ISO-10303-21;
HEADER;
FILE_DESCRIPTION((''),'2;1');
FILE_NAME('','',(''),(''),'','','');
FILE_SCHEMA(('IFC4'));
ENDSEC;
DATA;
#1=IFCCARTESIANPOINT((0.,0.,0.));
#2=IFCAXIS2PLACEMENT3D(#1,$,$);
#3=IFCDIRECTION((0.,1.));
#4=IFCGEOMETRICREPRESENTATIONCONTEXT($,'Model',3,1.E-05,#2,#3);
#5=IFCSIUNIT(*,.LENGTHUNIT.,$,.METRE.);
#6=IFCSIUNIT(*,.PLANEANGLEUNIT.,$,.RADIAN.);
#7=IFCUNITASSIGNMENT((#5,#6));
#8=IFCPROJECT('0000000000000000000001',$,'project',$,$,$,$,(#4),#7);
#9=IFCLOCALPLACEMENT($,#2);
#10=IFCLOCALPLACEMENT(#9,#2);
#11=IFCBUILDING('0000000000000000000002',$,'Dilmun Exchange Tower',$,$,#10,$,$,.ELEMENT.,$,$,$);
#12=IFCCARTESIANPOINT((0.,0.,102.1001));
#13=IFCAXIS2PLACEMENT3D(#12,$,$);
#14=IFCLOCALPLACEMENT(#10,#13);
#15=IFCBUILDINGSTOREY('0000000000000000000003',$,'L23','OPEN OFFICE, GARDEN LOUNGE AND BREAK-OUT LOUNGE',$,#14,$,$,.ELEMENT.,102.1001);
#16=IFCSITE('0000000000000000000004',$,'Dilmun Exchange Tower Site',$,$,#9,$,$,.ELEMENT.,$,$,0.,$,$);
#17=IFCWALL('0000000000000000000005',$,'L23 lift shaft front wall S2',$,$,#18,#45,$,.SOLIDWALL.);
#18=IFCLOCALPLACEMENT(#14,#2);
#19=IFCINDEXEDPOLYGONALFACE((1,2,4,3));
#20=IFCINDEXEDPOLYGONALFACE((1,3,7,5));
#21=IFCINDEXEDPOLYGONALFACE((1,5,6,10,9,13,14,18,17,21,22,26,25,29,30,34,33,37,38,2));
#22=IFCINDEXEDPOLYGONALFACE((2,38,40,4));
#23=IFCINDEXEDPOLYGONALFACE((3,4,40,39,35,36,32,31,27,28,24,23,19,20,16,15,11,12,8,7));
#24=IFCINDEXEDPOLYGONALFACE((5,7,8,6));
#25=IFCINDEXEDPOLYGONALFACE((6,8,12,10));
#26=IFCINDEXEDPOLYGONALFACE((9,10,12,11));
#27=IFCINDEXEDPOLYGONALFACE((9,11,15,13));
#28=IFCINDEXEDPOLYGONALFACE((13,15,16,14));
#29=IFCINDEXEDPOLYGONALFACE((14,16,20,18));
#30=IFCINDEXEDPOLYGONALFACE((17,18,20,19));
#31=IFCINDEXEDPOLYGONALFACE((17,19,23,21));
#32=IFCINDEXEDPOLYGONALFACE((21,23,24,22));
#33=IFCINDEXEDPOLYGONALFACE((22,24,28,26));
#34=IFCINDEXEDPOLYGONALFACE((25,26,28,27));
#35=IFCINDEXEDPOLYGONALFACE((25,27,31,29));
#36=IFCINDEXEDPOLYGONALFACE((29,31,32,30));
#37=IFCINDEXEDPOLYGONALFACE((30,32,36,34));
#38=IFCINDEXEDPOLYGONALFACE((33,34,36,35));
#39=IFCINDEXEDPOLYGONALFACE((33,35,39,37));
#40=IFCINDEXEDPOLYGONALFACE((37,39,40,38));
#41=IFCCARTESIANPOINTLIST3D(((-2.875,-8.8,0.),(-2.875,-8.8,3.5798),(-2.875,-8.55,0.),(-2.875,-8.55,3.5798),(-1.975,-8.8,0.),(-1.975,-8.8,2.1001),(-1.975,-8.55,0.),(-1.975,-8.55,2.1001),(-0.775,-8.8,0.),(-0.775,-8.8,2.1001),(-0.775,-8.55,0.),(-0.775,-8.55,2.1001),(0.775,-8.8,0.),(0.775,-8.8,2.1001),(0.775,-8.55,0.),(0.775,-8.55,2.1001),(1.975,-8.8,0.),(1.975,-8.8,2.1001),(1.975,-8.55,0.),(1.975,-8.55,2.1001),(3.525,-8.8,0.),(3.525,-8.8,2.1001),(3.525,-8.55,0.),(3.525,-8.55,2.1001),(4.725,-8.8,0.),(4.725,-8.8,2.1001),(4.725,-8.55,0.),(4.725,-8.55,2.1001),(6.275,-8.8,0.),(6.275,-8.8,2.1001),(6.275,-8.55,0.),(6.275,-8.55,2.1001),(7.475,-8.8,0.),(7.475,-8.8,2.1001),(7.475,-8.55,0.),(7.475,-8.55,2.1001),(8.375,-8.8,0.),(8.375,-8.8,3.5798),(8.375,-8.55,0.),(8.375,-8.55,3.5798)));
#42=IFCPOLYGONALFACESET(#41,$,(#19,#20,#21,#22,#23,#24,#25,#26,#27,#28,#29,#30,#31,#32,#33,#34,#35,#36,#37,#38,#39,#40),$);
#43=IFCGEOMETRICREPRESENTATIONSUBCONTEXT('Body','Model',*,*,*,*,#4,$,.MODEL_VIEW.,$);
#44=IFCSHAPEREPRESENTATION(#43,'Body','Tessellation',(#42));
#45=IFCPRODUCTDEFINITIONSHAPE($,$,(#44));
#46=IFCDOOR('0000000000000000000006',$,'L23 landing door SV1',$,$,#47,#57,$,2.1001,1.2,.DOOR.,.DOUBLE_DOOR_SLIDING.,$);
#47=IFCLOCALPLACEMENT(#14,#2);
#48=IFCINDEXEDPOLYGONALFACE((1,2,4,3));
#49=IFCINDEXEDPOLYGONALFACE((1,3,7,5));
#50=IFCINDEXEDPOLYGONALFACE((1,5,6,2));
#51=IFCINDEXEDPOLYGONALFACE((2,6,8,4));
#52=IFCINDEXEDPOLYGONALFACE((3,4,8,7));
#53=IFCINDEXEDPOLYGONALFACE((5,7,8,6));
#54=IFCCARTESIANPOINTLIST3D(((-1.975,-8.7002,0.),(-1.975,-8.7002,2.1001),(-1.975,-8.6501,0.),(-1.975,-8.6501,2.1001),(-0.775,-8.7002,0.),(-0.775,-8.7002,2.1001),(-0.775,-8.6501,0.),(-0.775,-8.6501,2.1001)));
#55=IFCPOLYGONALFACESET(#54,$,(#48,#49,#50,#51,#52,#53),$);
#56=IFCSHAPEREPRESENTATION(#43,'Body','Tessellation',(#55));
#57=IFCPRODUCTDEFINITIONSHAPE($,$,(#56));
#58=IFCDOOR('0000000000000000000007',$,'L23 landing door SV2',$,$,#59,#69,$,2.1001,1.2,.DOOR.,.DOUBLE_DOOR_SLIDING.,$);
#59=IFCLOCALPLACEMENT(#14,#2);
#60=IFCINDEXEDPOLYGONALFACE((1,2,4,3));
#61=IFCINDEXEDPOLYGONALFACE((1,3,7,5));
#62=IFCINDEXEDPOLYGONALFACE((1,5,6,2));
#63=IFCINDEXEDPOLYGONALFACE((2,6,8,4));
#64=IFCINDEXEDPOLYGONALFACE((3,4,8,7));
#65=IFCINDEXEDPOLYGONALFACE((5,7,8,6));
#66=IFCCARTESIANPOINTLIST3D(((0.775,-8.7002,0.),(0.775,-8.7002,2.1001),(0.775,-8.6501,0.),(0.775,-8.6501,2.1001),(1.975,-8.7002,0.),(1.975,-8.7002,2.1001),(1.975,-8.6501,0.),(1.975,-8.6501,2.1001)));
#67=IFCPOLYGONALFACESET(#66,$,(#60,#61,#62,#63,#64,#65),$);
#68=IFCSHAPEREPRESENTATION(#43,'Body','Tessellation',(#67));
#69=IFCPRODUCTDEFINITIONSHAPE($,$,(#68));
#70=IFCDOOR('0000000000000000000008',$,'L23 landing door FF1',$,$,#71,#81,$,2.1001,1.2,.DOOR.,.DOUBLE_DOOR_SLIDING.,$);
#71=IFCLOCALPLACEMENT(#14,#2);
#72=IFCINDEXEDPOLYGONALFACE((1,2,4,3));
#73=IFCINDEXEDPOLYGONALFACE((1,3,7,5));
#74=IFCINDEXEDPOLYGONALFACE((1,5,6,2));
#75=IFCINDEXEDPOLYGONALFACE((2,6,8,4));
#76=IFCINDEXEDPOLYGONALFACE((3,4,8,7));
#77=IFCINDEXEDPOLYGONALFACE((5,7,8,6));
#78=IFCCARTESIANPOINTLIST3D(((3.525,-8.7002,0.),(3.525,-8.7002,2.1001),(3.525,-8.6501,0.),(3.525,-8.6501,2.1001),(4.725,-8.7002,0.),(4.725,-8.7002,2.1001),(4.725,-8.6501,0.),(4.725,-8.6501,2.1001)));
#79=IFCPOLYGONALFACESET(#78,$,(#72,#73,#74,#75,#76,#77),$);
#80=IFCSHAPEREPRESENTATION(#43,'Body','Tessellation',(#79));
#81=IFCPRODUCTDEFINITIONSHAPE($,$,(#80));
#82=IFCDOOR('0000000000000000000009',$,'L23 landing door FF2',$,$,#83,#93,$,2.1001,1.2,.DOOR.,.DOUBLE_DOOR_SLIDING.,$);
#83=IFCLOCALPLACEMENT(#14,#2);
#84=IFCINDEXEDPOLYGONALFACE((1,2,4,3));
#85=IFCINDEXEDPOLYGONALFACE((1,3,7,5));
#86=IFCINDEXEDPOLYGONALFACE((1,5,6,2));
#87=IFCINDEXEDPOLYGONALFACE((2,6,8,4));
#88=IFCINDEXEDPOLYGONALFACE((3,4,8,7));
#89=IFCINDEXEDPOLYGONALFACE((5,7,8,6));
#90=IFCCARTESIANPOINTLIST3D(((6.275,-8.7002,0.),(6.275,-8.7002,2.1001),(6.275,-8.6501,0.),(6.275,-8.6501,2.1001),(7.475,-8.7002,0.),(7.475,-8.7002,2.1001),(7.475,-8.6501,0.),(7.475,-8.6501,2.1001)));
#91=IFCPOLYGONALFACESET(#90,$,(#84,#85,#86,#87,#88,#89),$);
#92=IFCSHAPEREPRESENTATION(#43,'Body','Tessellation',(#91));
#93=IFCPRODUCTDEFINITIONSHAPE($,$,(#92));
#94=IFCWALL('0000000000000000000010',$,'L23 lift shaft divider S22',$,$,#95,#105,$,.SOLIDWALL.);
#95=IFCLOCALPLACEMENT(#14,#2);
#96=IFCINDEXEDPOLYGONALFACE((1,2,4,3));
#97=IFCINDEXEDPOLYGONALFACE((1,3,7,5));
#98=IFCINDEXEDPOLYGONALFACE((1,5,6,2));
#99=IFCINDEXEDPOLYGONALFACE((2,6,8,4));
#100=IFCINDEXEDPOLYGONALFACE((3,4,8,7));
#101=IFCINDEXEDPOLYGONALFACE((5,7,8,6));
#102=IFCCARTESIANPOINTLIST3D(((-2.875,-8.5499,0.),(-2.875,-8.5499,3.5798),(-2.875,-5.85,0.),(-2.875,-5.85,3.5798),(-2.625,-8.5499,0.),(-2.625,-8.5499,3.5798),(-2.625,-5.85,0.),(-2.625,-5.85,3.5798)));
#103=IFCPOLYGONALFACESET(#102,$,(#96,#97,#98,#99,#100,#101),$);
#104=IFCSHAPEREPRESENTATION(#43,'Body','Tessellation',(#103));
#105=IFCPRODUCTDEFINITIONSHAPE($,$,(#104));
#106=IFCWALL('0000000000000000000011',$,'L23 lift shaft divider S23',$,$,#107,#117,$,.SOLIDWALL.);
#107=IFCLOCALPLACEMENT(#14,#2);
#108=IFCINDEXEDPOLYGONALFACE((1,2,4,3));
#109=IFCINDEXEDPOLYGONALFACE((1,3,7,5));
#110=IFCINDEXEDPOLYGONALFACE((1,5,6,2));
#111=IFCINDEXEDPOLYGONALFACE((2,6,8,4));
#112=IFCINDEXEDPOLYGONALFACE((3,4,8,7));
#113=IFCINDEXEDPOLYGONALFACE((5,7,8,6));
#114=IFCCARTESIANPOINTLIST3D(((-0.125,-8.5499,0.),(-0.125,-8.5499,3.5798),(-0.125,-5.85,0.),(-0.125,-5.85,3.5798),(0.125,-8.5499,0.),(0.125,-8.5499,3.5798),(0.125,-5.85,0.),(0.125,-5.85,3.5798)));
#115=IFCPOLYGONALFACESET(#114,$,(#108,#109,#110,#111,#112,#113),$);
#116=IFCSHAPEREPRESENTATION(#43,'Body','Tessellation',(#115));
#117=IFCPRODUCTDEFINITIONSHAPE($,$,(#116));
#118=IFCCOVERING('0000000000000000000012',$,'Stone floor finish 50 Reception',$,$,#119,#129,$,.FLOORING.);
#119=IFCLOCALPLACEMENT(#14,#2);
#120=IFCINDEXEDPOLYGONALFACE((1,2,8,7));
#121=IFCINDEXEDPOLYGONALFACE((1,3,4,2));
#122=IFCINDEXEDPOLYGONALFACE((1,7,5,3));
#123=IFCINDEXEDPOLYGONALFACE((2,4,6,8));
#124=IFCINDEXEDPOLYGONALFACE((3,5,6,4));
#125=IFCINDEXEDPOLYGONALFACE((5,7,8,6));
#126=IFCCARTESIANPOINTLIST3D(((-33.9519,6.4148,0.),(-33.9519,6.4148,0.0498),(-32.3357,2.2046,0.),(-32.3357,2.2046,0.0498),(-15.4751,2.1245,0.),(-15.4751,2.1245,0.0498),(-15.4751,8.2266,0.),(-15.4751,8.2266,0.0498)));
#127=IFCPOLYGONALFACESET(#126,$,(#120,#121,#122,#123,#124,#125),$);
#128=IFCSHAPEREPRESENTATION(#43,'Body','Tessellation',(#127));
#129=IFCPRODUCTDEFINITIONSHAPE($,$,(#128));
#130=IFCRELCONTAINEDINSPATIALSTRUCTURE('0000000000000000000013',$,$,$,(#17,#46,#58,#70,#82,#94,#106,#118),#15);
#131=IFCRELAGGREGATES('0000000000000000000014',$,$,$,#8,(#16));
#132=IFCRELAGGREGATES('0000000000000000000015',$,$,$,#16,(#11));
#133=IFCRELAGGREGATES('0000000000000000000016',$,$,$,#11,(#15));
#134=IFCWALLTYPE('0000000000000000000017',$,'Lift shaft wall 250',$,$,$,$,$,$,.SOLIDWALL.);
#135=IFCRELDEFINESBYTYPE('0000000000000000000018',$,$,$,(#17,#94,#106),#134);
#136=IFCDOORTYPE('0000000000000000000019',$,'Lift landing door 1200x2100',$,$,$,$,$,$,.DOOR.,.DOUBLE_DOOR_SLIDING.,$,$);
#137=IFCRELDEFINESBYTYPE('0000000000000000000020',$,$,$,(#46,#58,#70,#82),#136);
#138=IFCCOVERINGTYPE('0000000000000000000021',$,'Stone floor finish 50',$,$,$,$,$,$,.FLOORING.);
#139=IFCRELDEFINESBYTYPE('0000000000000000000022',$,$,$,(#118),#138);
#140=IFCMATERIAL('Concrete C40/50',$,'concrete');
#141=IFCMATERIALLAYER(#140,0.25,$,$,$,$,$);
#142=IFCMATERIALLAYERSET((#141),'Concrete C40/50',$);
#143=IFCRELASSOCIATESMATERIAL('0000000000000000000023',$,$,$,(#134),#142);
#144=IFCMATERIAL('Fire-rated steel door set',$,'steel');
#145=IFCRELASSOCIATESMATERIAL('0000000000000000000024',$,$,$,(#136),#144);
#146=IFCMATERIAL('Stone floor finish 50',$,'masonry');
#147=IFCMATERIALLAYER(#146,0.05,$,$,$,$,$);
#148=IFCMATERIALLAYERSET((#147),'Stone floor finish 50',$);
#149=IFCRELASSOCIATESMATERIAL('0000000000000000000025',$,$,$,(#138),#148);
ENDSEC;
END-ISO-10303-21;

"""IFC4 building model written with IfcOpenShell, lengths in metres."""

from ifc_helpers import new_model, si_unit, direction, frame, frame_2d, origin, place, context, subcontext, project, spatial, polyline, rectangle, outline, extrude, material, layer, layer_set, type_object, element, fill, save


model = new_model("IFC4")

# Units and contexts
model_context = context("Model", 3, precision=1e-05, world=origin(), true_north=direction((0.0, 1.0)))
body_context = subcontext(model_context, "Body", "Model", "MODEL_VIEW")
ifc_project = project(units=[si_unit("LENGTHUNIT", "METRE"), si_unit("PLANEANGLEUNIT", "RADIAN")], contexts=[model_context])

# Site, building, storey
site_placement = place(None, origin())
site = spatial("IfcSite", under=ifc_project, at=site_placement, Name="Dilmun Exchange Tower Site", CompositionType="ELEMENT", RefElevation=0.0)
building_placement = place(site_placement, origin())
building = spatial("IfcBuilding", under=site, at=building_placement, Name="Dilmun Exchange Tower", CompositionType="ELEMENT")
storey_placement = place(building_placement, frame((0.0, 0.0, 102.1001)))
storey = spatial("IfcBuildingStorey", under=building, at=storey_placement, Name="L23", Description="OPEN OFFICE, GARDEN LOUNGE AND BREAK-OUT LOUNGE", CompositionType="ELEMENT", Elevation=102.1001)

# Shared definitions
ifc_material_1 = material(Name="Concrete C40/50", Category="concrete")

# Shared definitions
ifc_layer_1 = layer(ifc_material_1, 0.25)
ifc_layer_set_1 = layer_set([ifc_layer_1], Name="Concrete C40/50")
wall_type_1 = type_object("IfcWallType", Name="Lift shaft wall 250", PredefinedType="SOLIDWALL", material=ifc_layer_set_1)

# Wall, openings, doors
wall_1_placement = place(storey_placement, frame((-2.875, -8.675, 0.0), z_axis=(0.0, 0.0, 1.0), x_axis=(1.0, 0.0, 0.0)))
wall_1 = element("IfcWall", 1, at=wall_1_placement, inside=storey, type_object=wall_type_1, Name="L23 lift shaft front wall S2", PredefinedType="SOLIDWALL", context=body_context, shape_type="SweptSolid", body=[
    extrude(rectangle(XDim=11.25, YDim=0.25, at=frame_2d((5.625, 0.0))), origin(), (0.0, 0.0, 1.0), 3.5798),
])
opening_1_placement = place(wall_1_placement, frame((0.8999, 0.0, 0.0)))
opening_1 = element("IfcOpeningElement", 2, at=opening_1_placement, cuts=wall_1, PredefinedType="OPENING", context=body_context, shape_type="SweptSolid", body=[
    extrude(rectangle(XDim=1.2, YDim=2.1001, at=frame_2d((0.6001, 1.05))), frame((0.0, 0.135, 0.0), z_axis=(0.0, -1.0, 0.0), x_axis=(1.0, 0.0, 0.0)), (0.0, 0.0, 1.0), 0.27),
])
opening_2_placement = place(wall_1_placement, frame((3.6499, 0.0, 0.0)))
opening_2 = element("IfcOpeningElement", 3, at=opening_2_placement, cuts=wall_1, PredefinedType="OPENING", context=body_context, shape_type="SweptSolid", body=[
    extrude(rectangle(XDim=1.2, YDim=2.1001, at=frame_2d((0.6001, 1.05))), frame((0.0, 0.135, 0.0), z_axis=(0.0, -1.0, 0.0), x_axis=(1.0, 0.0, 0.0)), (0.0, 0.0, 1.0), 0.27),
])
opening_3_placement = place(wall_1_placement, frame((6.3999, 0.0, 0.0)))
opening_3 = element("IfcOpeningElement", 4, at=opening_3_placement, cuts=wall_1, PredefinedType="OPENING", context=body_context, shape_type="SweptSolid", body=[
    extrude(rectangle(XDim=1.2, YDim=2.1001, at=frame_2d((0.6001, 1.05))), frame((0.0, 0.135, 0.0), z_axis=(0.0, -1.0, 0.0), x_axis=(1.0, 0.0, 0.0)), (0.0, 0.0, 1.0), 0.27),
])
opening_4_placement = place(wall_1_placement, frame((9.1499, 0.0, 0.0)))
opening_4 = element("IfcOpeningElement", 5, at=opening_4_placement, cuts=wall_1, PredefinedType="OPENING", context=body_context, shape_type="SweptSolid", body=[
    extrude(rectangle(XDim=1.2, YDim=2.1001, at=frame_2d((0.6001, 1.05))), frame((0.0, 0.135, 0.0), z_axis=(0.0, -1.0, 0.0), x_axis=(1.0, 0.0, 0.0)), (0.0, 0.0, 1.0), 0.27),
])
ifc_material_2 = material(Name="Fire-rated steel door set", Category="steel")
door_type = type_object("IfcDoorType", Name="Lift landing door 1200x2100", OperationType="DOUBLE_DOOR_SLIDING", PredefinedType="DOOR", material=ifc_material_2)
door_1_placement = place(opening_1_placement, origin())
door_1 = element("IfcDoor", 6, at=door_1_placement, inside=storey, type_object=door_type, Name="L23 landing door SV1", OperationType="DOUBLE_DOOR_SLIDING", OverallHeight=2.1001, OverallWidth=1.2, PredefinedType="DOOR", context=body_context, shape_type="SweptSolid", body=[
    extrude(rectangle(XDim=1.2, YDim=2.1001, at=frame_2d((0.6001, 1.05))), frame((0.0, 0.0249, 0.0), z_axis=(0.0, -1.0, 0.0), x_axis=(1.0, 0.0, 0.0)), (0.0, 0.0, 1.0), 0.05),
])
fill(opening_1, door_1)
door_2_placement = place(opening_2_placement, origin())
door_2 = element("IfcDoor", 7, at=door_2_placement, inside=storey, type_object=door_type, Name="L23 landing door SV2", OperationType="DOUBLE_DOOR_SLIDING", OverallHeight=2.1001, OverallWidth=1.2, PredefinedType="DOOR", context=body_context, shape_type="SweptSolid", body=[
    extrude(rectangle(XDim=1.2, YDim=2.1001, at=frame_2d((0.6001, 1.05))), frame((0.0, 0.0249, 0.0), z_axis=(0.0, -1.0, 0.0), x_axis=(1.0, 0.0, 0.0)), (0.0, 0.0, 1.0), 0.05),
])
fill(opening_2, door_2)
door_3_placement = place(opening_3_placement, origin())
door_3 = element("IfcDoor", 8, at=door_3_placement, inside=storey, type_object=door_type, Name="L23 landing door FF1", OperationType="DOUBLE_DOOR_SLIDING", OverallHeight=2.1001, OverallWidth=1.2, PredefinedType="DOOR", context=body_context, shape_type="SweptSolid", body=[
    extrude(rectangle(XDim=1.2, YDim=2.1001, at=frame_2d((0.6001, 1.05))), frame((0.0, 0.0249, 0.0), z_axis=(0.0, -1.0, 0.0), x_axis=(1.0, 0.0, 0.0)), (0.0, 0.0, 1.0), 0.05),
])
fill(opening_3, door_3)
door_4_placement = place(opening_4_placement, origin())
door_4 = element("IfcDoor", 9, at=door_4_placement, inside=storey, type_object=door_type, Name="L23 landing door FF2", OperationType="DOUBLE_DOOR_SLIDING", OverallHeight=2.1001, OverallWidth=1.2, PredefinedType="DOOR", context=body_context, shape_type="SweptSolid", body=[
    extrude(rectangle(XDim=1.2, YDim=2.1001, at=frame_2d((0.6001, 1.05))), frame((0.0, 0.0249, 0.0), z_axis=(0.0, -1.0, 0.0), x_axis=(1.0, 0.0, 0.0)), (0.0, 0.0, 1.0), 0.05),
])
fill(opening_4, door_4)

# Walls
for number, where, z_axis, x_axis, name in (
    (10, (-2.75, -8.55, 0.0), (0.0, 0.0, 1.0), (0.0, 1.0, 0.0), "L23 lift shaft divider S22"),
    (11, (0.0, -8.55, 0.0), (0.0, 0.0, 1.0), (0.0, 1.0, 0.0), "L23 lift shaft divider S23"),
):
    element("IfcWall", number, at=place(storey_placement, frame(where, z_axis=z_axis, x_axis=x_axis)), inside=storey, type_object=wall_type_1, Name=name, PredefinedType="SOLIDWALL", context=body_context, shape_type="SweptSolid", body=[
        extrude(rectangle(XDim=2.7, YDim=0.25, at=frame_2d((1.3501, 0.0))), origin(), (0.0, 0.0, 1.0), 3.5798),
    ])

# Covering
ifc_material_3 = material(Name="Stone floor finish 50", Category="masonry")
ifc_layer_2 = layer(ifc_material_3, 0.05)
ifc_layer_set_2 = layer_set([ifc_layer_2], Name="Stone floor finish 50")
covering_type = type_object("IfcCoveringType", Name="Stone floor finish 50", PredefinedType="FLOORING", material=ifc_layer_set_2)
covering_placement = place(storey_placement, origin())
element("IfcCovering", 12, at=covering_placement, inside=storey, type_object=covering_type, Name="Stone floor finish 50 Reception", PredefinedType="FLOORING", context=body_context, shape_type="SweptSolid", body=[
    extrude(outline(polyline([(-15.4751, 2.1245), (-32.3357, 2.2046), (-33.9519, 6.4148), (-15.4751, 8.2266), (-15.4751, 2.1245)])), origin(), (0.0, 0.0, 1.0), 0.0498),
])

save(model, "model.ifc")
